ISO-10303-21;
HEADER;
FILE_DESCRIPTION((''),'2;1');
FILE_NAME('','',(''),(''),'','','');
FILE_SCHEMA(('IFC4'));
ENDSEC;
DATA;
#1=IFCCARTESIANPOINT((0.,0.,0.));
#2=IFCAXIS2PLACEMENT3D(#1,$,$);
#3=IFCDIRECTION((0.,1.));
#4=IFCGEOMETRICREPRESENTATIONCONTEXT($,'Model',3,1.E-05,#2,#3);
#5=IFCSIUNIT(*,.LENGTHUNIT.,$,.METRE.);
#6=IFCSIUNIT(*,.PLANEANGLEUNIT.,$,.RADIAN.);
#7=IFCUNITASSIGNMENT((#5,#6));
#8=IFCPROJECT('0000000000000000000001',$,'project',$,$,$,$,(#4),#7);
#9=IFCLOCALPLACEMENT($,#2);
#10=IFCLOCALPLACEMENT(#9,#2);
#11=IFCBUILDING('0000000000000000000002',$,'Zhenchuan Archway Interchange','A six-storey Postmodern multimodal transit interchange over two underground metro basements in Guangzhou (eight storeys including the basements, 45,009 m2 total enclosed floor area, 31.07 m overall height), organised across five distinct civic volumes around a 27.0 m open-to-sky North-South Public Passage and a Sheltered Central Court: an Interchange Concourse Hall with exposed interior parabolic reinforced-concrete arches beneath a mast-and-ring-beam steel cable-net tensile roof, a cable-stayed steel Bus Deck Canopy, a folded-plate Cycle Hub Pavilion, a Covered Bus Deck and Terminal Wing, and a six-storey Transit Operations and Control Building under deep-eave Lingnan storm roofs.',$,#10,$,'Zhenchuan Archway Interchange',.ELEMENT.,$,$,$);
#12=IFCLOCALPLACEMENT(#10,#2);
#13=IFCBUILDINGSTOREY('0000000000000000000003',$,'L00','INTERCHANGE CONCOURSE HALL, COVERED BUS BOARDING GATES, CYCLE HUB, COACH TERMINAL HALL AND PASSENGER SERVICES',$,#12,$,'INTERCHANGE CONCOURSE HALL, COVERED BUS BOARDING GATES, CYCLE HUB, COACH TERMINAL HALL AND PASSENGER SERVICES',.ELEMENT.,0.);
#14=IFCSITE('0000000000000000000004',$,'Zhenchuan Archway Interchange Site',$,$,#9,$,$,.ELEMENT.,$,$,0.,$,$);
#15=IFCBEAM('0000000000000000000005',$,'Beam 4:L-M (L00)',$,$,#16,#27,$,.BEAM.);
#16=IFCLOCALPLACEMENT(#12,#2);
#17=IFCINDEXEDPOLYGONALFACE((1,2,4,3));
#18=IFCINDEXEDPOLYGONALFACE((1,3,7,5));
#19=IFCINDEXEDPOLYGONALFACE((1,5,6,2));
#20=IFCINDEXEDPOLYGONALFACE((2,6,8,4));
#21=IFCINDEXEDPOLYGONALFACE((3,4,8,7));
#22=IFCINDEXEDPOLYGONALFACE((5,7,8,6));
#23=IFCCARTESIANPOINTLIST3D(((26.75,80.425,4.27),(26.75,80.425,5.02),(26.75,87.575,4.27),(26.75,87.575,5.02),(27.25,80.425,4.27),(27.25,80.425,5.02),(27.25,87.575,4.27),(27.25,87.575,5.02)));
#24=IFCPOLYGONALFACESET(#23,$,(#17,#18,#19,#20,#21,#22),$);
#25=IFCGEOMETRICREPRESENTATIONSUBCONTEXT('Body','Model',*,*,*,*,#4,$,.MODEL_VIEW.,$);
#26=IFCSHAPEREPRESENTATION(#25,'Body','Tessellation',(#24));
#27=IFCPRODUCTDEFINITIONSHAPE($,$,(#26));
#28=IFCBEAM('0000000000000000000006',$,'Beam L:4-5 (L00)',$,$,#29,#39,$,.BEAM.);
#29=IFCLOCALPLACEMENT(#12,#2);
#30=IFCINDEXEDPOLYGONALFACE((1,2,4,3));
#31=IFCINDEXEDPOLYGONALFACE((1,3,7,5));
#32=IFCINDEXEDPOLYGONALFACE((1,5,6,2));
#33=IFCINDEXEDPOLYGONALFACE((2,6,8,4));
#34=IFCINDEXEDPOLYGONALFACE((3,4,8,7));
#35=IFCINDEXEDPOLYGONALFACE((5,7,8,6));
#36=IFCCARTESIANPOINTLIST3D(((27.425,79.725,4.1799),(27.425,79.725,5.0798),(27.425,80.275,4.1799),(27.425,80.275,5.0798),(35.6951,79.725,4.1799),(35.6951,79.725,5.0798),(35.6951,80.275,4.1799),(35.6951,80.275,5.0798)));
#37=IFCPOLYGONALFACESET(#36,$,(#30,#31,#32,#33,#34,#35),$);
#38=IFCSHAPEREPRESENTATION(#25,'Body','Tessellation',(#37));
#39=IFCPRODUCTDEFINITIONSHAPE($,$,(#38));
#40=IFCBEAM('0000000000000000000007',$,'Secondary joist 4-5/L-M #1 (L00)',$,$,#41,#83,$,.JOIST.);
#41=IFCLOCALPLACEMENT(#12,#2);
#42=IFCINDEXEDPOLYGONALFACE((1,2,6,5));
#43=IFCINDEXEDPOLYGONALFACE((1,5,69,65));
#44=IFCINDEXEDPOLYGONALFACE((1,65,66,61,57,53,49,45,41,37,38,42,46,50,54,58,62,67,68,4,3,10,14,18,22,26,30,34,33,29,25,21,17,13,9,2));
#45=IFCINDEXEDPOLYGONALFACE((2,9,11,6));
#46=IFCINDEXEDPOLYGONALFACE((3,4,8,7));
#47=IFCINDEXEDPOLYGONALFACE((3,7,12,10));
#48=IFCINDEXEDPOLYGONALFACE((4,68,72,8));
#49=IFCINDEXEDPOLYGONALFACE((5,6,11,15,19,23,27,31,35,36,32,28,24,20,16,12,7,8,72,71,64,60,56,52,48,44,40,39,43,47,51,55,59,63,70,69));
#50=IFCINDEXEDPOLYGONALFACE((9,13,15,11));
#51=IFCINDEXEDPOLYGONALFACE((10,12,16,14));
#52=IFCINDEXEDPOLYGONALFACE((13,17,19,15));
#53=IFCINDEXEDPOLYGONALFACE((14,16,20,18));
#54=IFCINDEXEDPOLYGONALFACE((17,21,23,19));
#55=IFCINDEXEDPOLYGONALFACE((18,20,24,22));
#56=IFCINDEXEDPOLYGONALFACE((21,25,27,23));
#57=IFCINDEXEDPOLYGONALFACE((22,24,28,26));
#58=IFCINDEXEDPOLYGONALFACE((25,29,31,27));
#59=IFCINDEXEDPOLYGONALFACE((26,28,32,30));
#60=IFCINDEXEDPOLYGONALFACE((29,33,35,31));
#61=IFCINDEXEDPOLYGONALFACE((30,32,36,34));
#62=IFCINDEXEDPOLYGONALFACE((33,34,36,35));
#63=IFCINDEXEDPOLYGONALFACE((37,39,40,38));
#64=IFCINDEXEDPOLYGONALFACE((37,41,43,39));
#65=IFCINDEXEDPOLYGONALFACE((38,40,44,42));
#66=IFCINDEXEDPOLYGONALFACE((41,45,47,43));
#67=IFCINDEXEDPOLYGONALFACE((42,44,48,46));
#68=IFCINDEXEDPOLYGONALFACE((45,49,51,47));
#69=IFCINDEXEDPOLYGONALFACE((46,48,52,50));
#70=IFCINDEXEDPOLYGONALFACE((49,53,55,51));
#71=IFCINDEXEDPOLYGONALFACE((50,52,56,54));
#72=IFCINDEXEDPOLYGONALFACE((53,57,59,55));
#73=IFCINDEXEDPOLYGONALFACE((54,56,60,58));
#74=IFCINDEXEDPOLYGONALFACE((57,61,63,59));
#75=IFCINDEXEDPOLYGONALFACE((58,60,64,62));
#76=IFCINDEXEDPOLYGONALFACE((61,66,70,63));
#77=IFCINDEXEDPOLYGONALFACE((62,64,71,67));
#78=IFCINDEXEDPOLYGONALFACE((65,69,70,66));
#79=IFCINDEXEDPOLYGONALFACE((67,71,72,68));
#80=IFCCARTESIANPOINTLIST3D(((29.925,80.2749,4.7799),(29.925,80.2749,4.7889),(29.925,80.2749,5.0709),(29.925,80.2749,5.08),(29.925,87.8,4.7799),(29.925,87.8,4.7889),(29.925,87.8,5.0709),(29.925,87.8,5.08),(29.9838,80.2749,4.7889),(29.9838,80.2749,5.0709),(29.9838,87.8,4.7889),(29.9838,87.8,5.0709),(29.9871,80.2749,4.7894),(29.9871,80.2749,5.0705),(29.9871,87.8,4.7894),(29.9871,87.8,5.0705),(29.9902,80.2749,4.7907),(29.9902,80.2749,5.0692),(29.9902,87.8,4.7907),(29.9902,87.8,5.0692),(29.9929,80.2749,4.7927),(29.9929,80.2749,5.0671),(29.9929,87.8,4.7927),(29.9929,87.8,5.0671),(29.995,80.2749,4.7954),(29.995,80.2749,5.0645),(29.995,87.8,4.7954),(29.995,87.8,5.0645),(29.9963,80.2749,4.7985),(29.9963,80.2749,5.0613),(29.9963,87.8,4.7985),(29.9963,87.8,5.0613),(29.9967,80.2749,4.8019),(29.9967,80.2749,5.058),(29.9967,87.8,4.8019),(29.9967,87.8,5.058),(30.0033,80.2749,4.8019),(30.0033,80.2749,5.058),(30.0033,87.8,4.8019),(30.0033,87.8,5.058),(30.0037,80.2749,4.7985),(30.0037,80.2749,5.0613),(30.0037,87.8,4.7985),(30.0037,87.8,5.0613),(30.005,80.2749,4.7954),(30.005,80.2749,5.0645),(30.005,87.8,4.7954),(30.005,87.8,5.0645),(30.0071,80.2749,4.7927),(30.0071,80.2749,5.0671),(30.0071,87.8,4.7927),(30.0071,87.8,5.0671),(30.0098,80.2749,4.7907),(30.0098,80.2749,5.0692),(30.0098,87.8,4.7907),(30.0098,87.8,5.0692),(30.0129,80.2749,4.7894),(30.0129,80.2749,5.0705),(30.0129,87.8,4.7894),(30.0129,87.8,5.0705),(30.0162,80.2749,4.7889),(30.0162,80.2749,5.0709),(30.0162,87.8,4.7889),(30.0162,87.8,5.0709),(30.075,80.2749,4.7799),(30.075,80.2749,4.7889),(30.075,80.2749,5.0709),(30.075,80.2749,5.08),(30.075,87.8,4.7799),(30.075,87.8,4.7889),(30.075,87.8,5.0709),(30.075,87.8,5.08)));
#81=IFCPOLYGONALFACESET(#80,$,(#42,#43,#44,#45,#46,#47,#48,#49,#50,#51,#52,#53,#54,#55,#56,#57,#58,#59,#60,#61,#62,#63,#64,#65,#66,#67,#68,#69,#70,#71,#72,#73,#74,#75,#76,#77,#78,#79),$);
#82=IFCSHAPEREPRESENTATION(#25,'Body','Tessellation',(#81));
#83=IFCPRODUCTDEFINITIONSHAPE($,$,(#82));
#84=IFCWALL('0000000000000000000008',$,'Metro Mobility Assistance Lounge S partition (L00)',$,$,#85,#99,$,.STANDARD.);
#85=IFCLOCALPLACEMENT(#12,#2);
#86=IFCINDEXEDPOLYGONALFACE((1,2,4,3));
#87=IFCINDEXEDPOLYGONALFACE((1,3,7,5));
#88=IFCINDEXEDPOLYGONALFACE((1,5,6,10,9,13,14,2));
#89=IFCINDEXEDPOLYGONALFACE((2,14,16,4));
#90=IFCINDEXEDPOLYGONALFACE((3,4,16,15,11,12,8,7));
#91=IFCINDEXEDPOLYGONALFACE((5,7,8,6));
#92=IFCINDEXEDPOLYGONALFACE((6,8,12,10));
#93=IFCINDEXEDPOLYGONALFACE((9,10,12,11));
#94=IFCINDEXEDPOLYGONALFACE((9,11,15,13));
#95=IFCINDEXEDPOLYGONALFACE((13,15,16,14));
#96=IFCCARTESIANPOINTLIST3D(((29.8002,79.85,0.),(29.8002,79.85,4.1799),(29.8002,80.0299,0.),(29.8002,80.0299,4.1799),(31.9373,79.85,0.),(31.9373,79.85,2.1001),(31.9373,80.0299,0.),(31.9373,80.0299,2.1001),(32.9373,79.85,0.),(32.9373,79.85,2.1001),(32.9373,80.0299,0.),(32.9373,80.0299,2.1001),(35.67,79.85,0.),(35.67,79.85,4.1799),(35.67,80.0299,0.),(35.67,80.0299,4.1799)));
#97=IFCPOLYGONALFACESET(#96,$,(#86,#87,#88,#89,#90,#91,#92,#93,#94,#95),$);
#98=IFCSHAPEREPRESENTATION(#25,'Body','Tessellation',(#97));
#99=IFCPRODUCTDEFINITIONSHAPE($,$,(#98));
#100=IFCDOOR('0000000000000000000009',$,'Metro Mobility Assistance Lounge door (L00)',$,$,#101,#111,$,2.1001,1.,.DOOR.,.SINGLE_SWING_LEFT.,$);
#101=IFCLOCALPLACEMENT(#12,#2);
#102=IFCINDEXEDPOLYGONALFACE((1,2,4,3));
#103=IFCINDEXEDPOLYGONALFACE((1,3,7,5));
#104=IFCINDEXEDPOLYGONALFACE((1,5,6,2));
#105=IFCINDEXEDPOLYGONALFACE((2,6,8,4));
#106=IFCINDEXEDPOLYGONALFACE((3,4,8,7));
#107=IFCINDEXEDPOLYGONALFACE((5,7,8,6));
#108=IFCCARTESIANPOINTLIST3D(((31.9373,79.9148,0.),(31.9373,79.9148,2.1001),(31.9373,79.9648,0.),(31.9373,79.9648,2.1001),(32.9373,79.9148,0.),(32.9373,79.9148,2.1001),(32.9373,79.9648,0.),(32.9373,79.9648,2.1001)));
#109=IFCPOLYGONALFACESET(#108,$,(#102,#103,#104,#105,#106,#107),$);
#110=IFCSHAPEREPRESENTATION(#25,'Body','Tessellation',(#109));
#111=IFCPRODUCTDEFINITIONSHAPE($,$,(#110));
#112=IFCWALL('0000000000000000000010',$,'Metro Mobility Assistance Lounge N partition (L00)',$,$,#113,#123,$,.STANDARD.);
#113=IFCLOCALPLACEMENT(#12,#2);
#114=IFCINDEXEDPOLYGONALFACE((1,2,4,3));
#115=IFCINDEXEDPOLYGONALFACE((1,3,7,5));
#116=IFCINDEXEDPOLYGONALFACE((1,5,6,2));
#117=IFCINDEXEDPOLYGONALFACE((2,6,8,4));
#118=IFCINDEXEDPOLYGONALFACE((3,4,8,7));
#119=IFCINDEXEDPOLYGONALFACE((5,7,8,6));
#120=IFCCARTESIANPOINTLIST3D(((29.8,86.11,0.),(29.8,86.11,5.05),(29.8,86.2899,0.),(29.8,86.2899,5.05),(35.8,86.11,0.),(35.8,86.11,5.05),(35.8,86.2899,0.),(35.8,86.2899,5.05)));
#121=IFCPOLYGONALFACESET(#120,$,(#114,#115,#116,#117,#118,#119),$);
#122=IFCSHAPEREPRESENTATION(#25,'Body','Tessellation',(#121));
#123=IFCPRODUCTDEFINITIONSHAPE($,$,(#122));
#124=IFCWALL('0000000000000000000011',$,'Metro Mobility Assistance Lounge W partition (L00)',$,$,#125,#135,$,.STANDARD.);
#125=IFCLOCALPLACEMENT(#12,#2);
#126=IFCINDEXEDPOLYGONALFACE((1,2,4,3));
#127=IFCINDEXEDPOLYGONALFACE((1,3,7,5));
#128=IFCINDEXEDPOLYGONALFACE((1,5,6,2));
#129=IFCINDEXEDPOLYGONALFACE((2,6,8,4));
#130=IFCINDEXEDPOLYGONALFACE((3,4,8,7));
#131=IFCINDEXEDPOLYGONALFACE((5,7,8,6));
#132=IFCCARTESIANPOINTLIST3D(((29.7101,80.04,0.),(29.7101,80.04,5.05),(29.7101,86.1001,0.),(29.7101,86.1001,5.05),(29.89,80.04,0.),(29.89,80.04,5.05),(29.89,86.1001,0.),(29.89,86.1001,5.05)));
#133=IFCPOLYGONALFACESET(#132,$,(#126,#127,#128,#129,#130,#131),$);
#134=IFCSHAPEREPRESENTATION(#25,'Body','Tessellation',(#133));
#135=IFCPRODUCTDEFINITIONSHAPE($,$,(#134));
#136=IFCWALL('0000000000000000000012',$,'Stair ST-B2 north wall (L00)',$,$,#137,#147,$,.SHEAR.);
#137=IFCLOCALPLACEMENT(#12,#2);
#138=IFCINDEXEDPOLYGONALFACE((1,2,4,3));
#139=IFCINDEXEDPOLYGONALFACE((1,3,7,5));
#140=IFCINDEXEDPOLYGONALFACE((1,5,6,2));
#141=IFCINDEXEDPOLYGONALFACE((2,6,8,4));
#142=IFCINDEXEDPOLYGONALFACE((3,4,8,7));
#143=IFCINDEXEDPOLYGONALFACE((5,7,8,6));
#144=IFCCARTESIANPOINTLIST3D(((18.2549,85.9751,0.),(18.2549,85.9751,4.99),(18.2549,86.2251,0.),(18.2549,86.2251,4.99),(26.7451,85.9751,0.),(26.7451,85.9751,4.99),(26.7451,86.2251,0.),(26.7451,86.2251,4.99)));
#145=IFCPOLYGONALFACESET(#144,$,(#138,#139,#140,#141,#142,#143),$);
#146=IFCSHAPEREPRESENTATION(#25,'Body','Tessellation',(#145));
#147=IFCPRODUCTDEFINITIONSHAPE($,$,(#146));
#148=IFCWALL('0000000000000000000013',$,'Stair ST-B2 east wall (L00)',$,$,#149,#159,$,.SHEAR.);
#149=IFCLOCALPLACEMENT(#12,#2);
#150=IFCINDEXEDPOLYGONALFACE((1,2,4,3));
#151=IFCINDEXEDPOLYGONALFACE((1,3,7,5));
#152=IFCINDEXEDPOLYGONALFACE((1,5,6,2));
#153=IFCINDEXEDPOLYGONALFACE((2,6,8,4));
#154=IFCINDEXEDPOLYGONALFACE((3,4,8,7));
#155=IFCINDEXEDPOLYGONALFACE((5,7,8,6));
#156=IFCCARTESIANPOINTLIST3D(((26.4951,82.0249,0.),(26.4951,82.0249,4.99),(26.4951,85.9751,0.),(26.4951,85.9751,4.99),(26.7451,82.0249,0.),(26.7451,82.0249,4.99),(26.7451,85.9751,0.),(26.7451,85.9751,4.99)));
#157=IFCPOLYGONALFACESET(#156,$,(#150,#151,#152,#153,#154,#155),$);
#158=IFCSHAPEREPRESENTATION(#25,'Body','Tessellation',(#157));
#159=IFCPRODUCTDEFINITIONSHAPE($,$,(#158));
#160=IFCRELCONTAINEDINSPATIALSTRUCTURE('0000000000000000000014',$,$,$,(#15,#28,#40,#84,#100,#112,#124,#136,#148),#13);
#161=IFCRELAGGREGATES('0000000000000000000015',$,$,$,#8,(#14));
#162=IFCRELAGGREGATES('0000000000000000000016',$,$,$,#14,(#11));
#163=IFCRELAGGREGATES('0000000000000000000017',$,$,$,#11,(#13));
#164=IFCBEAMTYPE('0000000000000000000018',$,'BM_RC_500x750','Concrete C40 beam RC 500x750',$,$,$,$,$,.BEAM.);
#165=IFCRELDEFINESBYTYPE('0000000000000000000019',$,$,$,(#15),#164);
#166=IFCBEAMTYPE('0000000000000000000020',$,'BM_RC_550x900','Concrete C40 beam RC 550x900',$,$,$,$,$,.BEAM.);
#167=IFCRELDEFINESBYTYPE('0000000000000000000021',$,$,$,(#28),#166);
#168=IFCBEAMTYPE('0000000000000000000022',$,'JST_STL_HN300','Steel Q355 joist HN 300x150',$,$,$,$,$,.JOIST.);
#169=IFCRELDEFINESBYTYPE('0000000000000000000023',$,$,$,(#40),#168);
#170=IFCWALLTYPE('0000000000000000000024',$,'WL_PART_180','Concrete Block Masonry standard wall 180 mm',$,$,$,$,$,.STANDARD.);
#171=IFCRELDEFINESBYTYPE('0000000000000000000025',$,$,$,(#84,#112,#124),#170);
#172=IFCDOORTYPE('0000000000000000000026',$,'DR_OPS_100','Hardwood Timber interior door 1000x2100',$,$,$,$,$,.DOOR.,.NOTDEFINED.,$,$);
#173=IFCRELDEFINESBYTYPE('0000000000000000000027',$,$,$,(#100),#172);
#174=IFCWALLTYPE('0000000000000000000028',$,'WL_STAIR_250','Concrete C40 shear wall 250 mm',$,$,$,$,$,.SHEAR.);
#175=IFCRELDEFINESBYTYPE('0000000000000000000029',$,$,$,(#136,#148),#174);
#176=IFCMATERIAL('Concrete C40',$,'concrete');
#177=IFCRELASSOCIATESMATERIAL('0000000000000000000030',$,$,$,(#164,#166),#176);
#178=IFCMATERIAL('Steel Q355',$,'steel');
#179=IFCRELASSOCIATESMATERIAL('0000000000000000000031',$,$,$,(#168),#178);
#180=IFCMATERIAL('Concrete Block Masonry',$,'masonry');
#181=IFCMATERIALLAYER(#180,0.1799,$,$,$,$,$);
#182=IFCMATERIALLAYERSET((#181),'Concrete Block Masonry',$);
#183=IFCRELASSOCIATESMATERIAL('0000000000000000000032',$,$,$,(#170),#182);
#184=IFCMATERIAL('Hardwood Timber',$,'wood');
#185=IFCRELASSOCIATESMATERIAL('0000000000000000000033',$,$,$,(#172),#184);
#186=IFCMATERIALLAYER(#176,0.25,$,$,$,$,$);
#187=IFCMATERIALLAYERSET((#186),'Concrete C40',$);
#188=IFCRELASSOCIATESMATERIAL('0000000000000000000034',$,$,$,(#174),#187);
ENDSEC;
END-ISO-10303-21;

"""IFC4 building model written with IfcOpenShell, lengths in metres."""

from ifc_helpers import new_model, si_unit, direction, frame, frame_2d, origin, origin_2d, place, context, subcontext, project, spatial, rectangle, i_section, extrude, material, layer, layer_set, material_profile, profile_set, type_object, element, fill, save


model = new_model("IFC4")

# Units and contexts
model_context = context("Model", 3, precision=1e-05, world=origin(), true_north=direction((0.0, 1.0)))
body_context = subcontext(model_context, "Body", "Model", "MODEL_VIEW")
ifc_project = project(units=[si_unit("LENGTHUNIT", "METRE"), si_unit("PLANEANGLEUNIT", "RADIAN")], contexts=[model_context])

# Site, building, storey
site_placement = place(None, origin())
site = spatial("IfcSite", under=ifc_project, at=site_placement, Name="Zhenchuan Archway Interchange Site", CompositionType="ELEMENT", RefElevation=0.0)
building_placement = place(site_placement, origin())
building = spatial("IfcBuilding", under=site, at=building_placement, Name="Zhenchuan Archway Interchange", Description="A six-storey Postmodern multimodal transit interchange over two underground metro basements in Guangzhou (eight storeys including the basements, 45,009 m2 total enclosed floor area, 31.07 m overall height), organised across five distinct civic volumes around a 27.0 m open-to-sky North-South Public Passage and a Sheltered Central Court: an Interchange Concourse Hall with exposed interior parabolic reinforced-concrete arches beneath a mast-and-ring-beam steel cable-net tensile roof, a cable-stayed steel Bus Deck Canopy, a folded-plate Cycle Hub Pavilion, a Covered Bus Deck and Terminal Wing, and a six-storey Transit Operations and Control Building under deep-eave Lingnan storm roofs.", LongName="Zhenchuan Archway Interchange", CompositionType="ELEMENT")
storey_placement = place(building_placement, origin())
storey = spatial("IfcBuildingStorey", under=building, at=storey_placement, Name="L00", Description="INTERCHANGE CONCOURSE HALL, COVERED BUS BOARDING GATES, CYCLE HUB, COACH TERMINAL HALL AND PASSENGER SERVICES", LongName="INTERCHANGE CONCOURSE HALL, COVERED BUS BOARDING GATES, CYCLE HUB, COACH TERMINAL HALL AND PASSENGER SERVICES", CompositionType="ELEMENT", Elevation=0.0)

# Shared definitions
ifc_material_1 = material(Name="Concrete C40", Category="concrete")

# Beams
ifc_material_profile_1 = material_profile(ifc_material_1, rectangle(XDim=0.5, YDim=0.75, at=origin_2d()), Name="RC 500x750")
ifc_profile_set_1 = profile_set([ifc_material_profile_1], Name="Concrete C40")
beam_type_1 = type_object("IfcBeamType", Name="BM_RC_500x750", Description="Concrete C40 beam RC 500x750", PredefinedType="BEAM", material=ifc_profile_set_1)
beam_1_placement = place(storey_placement, frame((27.0, 80.425, 4.645), z_axis=(0.0, 1.0, 0.0), x_axis=(-1.0, 0.0, 0.0)))
element("IfcBeam", 1, at=beam_1_placement, inside=storey, type_object=beam_type_1, Name="Beam 4:L-M (L00)", PredefinedType="BEAM", context=body_context, shape_type="SweptSolid", body=[
    extrude(rectangle(XDim=0.5, YDim=0.75, at=origin_2d()), origin(), (0.0, 0.0, 1.0), 7.1499),
])
ifc_material_profile_2 = material_profile(ifc_material_1, rectangle(XDim=0.55, YDim=0.8999, at=origin_2d()), Name="RC 550x900")
ifc_profile_set_2 = profile_set([ifc_material_profile_2], Name="Concrete C40")
beam_type_2 = type_object("IfcBeamType", Name="BM_RC_550x900", Description="Concrete C40 beam RC 550x900", PredefinedType="BEAM", material=ifc_profile_set_2)
beam_2_placement = place(storey_placement, frame((27.425, 80.0, 4.6299), z_axis=(1.0, 0.0, 0.0), x_axis=(0.0, 1.0, 0.0)))
element("IfcBeam", 2, at=beam_2_placement, inside=storey, type_object=beam_type_2, Name="Beam L:4-5 (L00)", PredefinedType="BEAM", context=body_context, shape_type="SweptSolid", body=[
    extrude(rectangle(XDim=0.55, YDim=0.8999, at=origin_2d()), origin(), (0.0, 0.0, 1.0), 8.27),
])
ifc_material_2 = material(Name="Steel Q355", Category="steel")
ifc_material_profile_3 = material_profile(ifc_material_2, i_section(OverallWidth=0.1499, OverallDepth=0.3, WebThickness=0.0066, FlangeThickness=0.009, FilletRadius=0.0129, at=origin_2d()), Name="HN 300x150")
ifc_profile_set_3 = profile_set([ifc_material_profile_3], Name="Steel Q355")
beam_type_3 = type_object("IfcBeamType", Name="JST_STL_HN300", Description="Steel Q355 joist HN 300x150", PredefinedType="JOIST", material=ifc_profile_set_3)
beam_3_placement = place(storey_placement, frame((30.0, 80.2749, 4.9299), z_axis=(0.0, 1.0, 0.0), x_axis=(-1.0, 0.0, 0.0)))
element("IfcBeam", 3, at=beam_3_placement, inside=storey, type_object=beam_type_3, Name="Secondary joist 4-5/L-M #1 (L00)", PredefinedType="JOIST", context=body_context, shape_type="SweptSolid", body=[
    extrude(i_section(OverallWidth=0.1499, OverallDepth=0.3, WebThickness=0.0066, FlangeThickness=0.009, FilletRadius=0.0129, at=origin_2d()), origin(), (0.0, 0.0, 1.0), 7.5251),
])

# Wall, opening, door
ifc_material_3 = material(Name="Concrete Block Masonry", Category="masonry")
ifc_layer_1 = layer(ifc_material_3, 0.1799)
ifc_layer_set_1 = layer_set([ifc_layer_1], Name="Concrete Block Masonry")
wall_type_1 = type_object("IfcWallType", Name="WL_PART_180", Description="Concrete Block Masonry standard wall 180 mm", PredefinedType="STANDARD", material=ifc_layer_set_1)
wall_1_placement = place(storey_placement, frame((29.8, 79.9399, 0.0), z_axis=(0.0, 0.0, 1.0), x_axis=(1.0, 0.0, 0.0)))
wall_1 = element("IfcWall", 4, at=wall_1_placement, inside=storey, type_object=wall_type_1, Name="Metro Mobility Assistance Lounge S partition (L00)", PredefinedType="STANDARD", context=body_context, shape_type="SweptSolid", body=[
    extrude(rectangle(XDim=5.8699, YDim=0.1799, at=frame_2d((2.9351, 0.0))), origin(), (0.0, 0.0, 1.0), 4.1799),
])
opening_placement = place(wall_1_placement, frame((2.1372, 0.0, 0.0)))
opening = element("IfcOpeningElement", 5, at=opening_placement, cuts=wall_1, PredefinedType="OPENING", context=body_context, shape_type="SweptSolid", body=[
    extrude(rectangle(XDim=1.0, YDim=2.1001, at=frame_2d((0.5, 1.05))), frame((0.0, 0.1021, 0.0), z_axis=(0.0, -1.0, 0.0), x_axis=(1.0, 0.0, 0.0)), (0.0, 0.0, 1.0), 0.2039),
])
ifc_material_4 = material(Name="Hardwood Timber", Category="wood")
door_type = type_object("IfcDoorType", Name="DR_OPS_100", Description="Hardwood Timber interior door 1000x2100", OperationType="NOTDEFINED", PredefinedType="DOOR", material=ifc_material_4)
door_placement = place(opening_placement, origin())
door = element("IfcDoor", 6, at=door_placement, inside=storey, type_object=door_type, Name="Metro Mobility Assistance Lounge door (L00)", OperationType="SINGLE_SWING_LEFT", OverallHeight=2.1001, OverallWidth=1.0, PredefinedType="DOOR", context=body_context, shape_type="SweptSolid", body=[
    extrude(rectangle(XDim=1.0, YDim=2.1001, at=frame_2d((0.5, 1.05))), frame((0.0, 0.0249, 0.0), z_axis=(0.0, -1.0, 0.0), x_axis=(1.0, 0.0, 0.0)), (0.0, 0.0, 1.0), 0.05),
])
fill(opening, door)

# Walls
wall_2_placement = place(storey_placement, frame((29.8, 86.2, 0.0), z_axis=(0.0, 0.0, 1.0), x_axis=(1.0, 0.0, 0.0)))
element("IfcWall", 7, at=wall_2_placement, inside=storey, type_object=wall_type_1, Name="Metro Mobility Assistance Lounge N partition (L00)", PredefinedType="STANDARD", context=body_context, shape_type="SweptSolid", body=[
    extrude(rectangle(XDim=6.0, YDim=0.1799, at=frame_2d((3.0, 0.0))), origin(), (0.0, 0.0, 1.0), 5.05),
])
wall_3_placement = place(storey_placement, frame((29.8, 80.04, 0.0), z_axis=(0.0, 0.0, 1.0), x_axis=(0.0, 1.0, 0.0)))
element("IfcWall", 8, at=wall_3_placement, inside=storey, type_object=wall_type_1, Name="Metro Mobility Assistance Lounge W partition (L00)", PredefinedType="STANDARD", context=body_context, shape_type="SweptSolid", body=[
    extrude(rectangle(XDim=6.0601, YDim=0.1799, at=frame_2d((3.03, 0.0))), origin(), (0.0, 0.0, 1.0), 5.05),
])
ifc_layer_2 = layer(ifc_material_1, 0.25)
ifc_layer_set_2 = layer_set([ifc_layer_2], Name="Concrete C40")
wall_type_2 = type_object("IfcWallType", Name="WL_STAIR_250", Description="Concrete C40 shear wall 250 mm", PredefinedType="SHEAR", material=ifc_layer_set_2)
wall_4_placement = place(storey_placement, frame((26.7451, 86.1001, 0.0), z_axis=(0.0, 0.0, 1.0), x_axis=(-1.0, 0.0, 0.0)))
element("IfcWall", 9, at=wall_4_placement, inside=storey, type_object=wall_type_2, Name="Stair ST-B2 north wall (L00)", PredefinedType="SHEAR", context=body_context, shape_type="SweptSolid", body=[
    extrude(rectangle(XDim=8.4902, YDim=0.25, at=frame_2d((4.2451, 0.0))), origin(), (0.0, 0.0, 1.0), 4.99),
])
wall_5_placement = place(storey_placement, frame((26.6201, 82.0249, 0.0), z_axis=(0.0, 0.0, 1.0), x_axis=(0.0, 1.0, 0.0)))
element("IfcWall", 10, at=wall_5_placement, inside=storey, type_object=wall_type_2, Name="Stair ST-B2 east wall (L00)", PredefinedType="SHEAR", context=body_context, shape_type="SweptSolid", body=[
    extrude(rectangle(XDim=3.9502, YDim=0.25, at=frame_2d((1.9751, 0.0))), origin(), (0.0, 0.0, 1.0), 4.99),
])

save(model, "model.ifc")
